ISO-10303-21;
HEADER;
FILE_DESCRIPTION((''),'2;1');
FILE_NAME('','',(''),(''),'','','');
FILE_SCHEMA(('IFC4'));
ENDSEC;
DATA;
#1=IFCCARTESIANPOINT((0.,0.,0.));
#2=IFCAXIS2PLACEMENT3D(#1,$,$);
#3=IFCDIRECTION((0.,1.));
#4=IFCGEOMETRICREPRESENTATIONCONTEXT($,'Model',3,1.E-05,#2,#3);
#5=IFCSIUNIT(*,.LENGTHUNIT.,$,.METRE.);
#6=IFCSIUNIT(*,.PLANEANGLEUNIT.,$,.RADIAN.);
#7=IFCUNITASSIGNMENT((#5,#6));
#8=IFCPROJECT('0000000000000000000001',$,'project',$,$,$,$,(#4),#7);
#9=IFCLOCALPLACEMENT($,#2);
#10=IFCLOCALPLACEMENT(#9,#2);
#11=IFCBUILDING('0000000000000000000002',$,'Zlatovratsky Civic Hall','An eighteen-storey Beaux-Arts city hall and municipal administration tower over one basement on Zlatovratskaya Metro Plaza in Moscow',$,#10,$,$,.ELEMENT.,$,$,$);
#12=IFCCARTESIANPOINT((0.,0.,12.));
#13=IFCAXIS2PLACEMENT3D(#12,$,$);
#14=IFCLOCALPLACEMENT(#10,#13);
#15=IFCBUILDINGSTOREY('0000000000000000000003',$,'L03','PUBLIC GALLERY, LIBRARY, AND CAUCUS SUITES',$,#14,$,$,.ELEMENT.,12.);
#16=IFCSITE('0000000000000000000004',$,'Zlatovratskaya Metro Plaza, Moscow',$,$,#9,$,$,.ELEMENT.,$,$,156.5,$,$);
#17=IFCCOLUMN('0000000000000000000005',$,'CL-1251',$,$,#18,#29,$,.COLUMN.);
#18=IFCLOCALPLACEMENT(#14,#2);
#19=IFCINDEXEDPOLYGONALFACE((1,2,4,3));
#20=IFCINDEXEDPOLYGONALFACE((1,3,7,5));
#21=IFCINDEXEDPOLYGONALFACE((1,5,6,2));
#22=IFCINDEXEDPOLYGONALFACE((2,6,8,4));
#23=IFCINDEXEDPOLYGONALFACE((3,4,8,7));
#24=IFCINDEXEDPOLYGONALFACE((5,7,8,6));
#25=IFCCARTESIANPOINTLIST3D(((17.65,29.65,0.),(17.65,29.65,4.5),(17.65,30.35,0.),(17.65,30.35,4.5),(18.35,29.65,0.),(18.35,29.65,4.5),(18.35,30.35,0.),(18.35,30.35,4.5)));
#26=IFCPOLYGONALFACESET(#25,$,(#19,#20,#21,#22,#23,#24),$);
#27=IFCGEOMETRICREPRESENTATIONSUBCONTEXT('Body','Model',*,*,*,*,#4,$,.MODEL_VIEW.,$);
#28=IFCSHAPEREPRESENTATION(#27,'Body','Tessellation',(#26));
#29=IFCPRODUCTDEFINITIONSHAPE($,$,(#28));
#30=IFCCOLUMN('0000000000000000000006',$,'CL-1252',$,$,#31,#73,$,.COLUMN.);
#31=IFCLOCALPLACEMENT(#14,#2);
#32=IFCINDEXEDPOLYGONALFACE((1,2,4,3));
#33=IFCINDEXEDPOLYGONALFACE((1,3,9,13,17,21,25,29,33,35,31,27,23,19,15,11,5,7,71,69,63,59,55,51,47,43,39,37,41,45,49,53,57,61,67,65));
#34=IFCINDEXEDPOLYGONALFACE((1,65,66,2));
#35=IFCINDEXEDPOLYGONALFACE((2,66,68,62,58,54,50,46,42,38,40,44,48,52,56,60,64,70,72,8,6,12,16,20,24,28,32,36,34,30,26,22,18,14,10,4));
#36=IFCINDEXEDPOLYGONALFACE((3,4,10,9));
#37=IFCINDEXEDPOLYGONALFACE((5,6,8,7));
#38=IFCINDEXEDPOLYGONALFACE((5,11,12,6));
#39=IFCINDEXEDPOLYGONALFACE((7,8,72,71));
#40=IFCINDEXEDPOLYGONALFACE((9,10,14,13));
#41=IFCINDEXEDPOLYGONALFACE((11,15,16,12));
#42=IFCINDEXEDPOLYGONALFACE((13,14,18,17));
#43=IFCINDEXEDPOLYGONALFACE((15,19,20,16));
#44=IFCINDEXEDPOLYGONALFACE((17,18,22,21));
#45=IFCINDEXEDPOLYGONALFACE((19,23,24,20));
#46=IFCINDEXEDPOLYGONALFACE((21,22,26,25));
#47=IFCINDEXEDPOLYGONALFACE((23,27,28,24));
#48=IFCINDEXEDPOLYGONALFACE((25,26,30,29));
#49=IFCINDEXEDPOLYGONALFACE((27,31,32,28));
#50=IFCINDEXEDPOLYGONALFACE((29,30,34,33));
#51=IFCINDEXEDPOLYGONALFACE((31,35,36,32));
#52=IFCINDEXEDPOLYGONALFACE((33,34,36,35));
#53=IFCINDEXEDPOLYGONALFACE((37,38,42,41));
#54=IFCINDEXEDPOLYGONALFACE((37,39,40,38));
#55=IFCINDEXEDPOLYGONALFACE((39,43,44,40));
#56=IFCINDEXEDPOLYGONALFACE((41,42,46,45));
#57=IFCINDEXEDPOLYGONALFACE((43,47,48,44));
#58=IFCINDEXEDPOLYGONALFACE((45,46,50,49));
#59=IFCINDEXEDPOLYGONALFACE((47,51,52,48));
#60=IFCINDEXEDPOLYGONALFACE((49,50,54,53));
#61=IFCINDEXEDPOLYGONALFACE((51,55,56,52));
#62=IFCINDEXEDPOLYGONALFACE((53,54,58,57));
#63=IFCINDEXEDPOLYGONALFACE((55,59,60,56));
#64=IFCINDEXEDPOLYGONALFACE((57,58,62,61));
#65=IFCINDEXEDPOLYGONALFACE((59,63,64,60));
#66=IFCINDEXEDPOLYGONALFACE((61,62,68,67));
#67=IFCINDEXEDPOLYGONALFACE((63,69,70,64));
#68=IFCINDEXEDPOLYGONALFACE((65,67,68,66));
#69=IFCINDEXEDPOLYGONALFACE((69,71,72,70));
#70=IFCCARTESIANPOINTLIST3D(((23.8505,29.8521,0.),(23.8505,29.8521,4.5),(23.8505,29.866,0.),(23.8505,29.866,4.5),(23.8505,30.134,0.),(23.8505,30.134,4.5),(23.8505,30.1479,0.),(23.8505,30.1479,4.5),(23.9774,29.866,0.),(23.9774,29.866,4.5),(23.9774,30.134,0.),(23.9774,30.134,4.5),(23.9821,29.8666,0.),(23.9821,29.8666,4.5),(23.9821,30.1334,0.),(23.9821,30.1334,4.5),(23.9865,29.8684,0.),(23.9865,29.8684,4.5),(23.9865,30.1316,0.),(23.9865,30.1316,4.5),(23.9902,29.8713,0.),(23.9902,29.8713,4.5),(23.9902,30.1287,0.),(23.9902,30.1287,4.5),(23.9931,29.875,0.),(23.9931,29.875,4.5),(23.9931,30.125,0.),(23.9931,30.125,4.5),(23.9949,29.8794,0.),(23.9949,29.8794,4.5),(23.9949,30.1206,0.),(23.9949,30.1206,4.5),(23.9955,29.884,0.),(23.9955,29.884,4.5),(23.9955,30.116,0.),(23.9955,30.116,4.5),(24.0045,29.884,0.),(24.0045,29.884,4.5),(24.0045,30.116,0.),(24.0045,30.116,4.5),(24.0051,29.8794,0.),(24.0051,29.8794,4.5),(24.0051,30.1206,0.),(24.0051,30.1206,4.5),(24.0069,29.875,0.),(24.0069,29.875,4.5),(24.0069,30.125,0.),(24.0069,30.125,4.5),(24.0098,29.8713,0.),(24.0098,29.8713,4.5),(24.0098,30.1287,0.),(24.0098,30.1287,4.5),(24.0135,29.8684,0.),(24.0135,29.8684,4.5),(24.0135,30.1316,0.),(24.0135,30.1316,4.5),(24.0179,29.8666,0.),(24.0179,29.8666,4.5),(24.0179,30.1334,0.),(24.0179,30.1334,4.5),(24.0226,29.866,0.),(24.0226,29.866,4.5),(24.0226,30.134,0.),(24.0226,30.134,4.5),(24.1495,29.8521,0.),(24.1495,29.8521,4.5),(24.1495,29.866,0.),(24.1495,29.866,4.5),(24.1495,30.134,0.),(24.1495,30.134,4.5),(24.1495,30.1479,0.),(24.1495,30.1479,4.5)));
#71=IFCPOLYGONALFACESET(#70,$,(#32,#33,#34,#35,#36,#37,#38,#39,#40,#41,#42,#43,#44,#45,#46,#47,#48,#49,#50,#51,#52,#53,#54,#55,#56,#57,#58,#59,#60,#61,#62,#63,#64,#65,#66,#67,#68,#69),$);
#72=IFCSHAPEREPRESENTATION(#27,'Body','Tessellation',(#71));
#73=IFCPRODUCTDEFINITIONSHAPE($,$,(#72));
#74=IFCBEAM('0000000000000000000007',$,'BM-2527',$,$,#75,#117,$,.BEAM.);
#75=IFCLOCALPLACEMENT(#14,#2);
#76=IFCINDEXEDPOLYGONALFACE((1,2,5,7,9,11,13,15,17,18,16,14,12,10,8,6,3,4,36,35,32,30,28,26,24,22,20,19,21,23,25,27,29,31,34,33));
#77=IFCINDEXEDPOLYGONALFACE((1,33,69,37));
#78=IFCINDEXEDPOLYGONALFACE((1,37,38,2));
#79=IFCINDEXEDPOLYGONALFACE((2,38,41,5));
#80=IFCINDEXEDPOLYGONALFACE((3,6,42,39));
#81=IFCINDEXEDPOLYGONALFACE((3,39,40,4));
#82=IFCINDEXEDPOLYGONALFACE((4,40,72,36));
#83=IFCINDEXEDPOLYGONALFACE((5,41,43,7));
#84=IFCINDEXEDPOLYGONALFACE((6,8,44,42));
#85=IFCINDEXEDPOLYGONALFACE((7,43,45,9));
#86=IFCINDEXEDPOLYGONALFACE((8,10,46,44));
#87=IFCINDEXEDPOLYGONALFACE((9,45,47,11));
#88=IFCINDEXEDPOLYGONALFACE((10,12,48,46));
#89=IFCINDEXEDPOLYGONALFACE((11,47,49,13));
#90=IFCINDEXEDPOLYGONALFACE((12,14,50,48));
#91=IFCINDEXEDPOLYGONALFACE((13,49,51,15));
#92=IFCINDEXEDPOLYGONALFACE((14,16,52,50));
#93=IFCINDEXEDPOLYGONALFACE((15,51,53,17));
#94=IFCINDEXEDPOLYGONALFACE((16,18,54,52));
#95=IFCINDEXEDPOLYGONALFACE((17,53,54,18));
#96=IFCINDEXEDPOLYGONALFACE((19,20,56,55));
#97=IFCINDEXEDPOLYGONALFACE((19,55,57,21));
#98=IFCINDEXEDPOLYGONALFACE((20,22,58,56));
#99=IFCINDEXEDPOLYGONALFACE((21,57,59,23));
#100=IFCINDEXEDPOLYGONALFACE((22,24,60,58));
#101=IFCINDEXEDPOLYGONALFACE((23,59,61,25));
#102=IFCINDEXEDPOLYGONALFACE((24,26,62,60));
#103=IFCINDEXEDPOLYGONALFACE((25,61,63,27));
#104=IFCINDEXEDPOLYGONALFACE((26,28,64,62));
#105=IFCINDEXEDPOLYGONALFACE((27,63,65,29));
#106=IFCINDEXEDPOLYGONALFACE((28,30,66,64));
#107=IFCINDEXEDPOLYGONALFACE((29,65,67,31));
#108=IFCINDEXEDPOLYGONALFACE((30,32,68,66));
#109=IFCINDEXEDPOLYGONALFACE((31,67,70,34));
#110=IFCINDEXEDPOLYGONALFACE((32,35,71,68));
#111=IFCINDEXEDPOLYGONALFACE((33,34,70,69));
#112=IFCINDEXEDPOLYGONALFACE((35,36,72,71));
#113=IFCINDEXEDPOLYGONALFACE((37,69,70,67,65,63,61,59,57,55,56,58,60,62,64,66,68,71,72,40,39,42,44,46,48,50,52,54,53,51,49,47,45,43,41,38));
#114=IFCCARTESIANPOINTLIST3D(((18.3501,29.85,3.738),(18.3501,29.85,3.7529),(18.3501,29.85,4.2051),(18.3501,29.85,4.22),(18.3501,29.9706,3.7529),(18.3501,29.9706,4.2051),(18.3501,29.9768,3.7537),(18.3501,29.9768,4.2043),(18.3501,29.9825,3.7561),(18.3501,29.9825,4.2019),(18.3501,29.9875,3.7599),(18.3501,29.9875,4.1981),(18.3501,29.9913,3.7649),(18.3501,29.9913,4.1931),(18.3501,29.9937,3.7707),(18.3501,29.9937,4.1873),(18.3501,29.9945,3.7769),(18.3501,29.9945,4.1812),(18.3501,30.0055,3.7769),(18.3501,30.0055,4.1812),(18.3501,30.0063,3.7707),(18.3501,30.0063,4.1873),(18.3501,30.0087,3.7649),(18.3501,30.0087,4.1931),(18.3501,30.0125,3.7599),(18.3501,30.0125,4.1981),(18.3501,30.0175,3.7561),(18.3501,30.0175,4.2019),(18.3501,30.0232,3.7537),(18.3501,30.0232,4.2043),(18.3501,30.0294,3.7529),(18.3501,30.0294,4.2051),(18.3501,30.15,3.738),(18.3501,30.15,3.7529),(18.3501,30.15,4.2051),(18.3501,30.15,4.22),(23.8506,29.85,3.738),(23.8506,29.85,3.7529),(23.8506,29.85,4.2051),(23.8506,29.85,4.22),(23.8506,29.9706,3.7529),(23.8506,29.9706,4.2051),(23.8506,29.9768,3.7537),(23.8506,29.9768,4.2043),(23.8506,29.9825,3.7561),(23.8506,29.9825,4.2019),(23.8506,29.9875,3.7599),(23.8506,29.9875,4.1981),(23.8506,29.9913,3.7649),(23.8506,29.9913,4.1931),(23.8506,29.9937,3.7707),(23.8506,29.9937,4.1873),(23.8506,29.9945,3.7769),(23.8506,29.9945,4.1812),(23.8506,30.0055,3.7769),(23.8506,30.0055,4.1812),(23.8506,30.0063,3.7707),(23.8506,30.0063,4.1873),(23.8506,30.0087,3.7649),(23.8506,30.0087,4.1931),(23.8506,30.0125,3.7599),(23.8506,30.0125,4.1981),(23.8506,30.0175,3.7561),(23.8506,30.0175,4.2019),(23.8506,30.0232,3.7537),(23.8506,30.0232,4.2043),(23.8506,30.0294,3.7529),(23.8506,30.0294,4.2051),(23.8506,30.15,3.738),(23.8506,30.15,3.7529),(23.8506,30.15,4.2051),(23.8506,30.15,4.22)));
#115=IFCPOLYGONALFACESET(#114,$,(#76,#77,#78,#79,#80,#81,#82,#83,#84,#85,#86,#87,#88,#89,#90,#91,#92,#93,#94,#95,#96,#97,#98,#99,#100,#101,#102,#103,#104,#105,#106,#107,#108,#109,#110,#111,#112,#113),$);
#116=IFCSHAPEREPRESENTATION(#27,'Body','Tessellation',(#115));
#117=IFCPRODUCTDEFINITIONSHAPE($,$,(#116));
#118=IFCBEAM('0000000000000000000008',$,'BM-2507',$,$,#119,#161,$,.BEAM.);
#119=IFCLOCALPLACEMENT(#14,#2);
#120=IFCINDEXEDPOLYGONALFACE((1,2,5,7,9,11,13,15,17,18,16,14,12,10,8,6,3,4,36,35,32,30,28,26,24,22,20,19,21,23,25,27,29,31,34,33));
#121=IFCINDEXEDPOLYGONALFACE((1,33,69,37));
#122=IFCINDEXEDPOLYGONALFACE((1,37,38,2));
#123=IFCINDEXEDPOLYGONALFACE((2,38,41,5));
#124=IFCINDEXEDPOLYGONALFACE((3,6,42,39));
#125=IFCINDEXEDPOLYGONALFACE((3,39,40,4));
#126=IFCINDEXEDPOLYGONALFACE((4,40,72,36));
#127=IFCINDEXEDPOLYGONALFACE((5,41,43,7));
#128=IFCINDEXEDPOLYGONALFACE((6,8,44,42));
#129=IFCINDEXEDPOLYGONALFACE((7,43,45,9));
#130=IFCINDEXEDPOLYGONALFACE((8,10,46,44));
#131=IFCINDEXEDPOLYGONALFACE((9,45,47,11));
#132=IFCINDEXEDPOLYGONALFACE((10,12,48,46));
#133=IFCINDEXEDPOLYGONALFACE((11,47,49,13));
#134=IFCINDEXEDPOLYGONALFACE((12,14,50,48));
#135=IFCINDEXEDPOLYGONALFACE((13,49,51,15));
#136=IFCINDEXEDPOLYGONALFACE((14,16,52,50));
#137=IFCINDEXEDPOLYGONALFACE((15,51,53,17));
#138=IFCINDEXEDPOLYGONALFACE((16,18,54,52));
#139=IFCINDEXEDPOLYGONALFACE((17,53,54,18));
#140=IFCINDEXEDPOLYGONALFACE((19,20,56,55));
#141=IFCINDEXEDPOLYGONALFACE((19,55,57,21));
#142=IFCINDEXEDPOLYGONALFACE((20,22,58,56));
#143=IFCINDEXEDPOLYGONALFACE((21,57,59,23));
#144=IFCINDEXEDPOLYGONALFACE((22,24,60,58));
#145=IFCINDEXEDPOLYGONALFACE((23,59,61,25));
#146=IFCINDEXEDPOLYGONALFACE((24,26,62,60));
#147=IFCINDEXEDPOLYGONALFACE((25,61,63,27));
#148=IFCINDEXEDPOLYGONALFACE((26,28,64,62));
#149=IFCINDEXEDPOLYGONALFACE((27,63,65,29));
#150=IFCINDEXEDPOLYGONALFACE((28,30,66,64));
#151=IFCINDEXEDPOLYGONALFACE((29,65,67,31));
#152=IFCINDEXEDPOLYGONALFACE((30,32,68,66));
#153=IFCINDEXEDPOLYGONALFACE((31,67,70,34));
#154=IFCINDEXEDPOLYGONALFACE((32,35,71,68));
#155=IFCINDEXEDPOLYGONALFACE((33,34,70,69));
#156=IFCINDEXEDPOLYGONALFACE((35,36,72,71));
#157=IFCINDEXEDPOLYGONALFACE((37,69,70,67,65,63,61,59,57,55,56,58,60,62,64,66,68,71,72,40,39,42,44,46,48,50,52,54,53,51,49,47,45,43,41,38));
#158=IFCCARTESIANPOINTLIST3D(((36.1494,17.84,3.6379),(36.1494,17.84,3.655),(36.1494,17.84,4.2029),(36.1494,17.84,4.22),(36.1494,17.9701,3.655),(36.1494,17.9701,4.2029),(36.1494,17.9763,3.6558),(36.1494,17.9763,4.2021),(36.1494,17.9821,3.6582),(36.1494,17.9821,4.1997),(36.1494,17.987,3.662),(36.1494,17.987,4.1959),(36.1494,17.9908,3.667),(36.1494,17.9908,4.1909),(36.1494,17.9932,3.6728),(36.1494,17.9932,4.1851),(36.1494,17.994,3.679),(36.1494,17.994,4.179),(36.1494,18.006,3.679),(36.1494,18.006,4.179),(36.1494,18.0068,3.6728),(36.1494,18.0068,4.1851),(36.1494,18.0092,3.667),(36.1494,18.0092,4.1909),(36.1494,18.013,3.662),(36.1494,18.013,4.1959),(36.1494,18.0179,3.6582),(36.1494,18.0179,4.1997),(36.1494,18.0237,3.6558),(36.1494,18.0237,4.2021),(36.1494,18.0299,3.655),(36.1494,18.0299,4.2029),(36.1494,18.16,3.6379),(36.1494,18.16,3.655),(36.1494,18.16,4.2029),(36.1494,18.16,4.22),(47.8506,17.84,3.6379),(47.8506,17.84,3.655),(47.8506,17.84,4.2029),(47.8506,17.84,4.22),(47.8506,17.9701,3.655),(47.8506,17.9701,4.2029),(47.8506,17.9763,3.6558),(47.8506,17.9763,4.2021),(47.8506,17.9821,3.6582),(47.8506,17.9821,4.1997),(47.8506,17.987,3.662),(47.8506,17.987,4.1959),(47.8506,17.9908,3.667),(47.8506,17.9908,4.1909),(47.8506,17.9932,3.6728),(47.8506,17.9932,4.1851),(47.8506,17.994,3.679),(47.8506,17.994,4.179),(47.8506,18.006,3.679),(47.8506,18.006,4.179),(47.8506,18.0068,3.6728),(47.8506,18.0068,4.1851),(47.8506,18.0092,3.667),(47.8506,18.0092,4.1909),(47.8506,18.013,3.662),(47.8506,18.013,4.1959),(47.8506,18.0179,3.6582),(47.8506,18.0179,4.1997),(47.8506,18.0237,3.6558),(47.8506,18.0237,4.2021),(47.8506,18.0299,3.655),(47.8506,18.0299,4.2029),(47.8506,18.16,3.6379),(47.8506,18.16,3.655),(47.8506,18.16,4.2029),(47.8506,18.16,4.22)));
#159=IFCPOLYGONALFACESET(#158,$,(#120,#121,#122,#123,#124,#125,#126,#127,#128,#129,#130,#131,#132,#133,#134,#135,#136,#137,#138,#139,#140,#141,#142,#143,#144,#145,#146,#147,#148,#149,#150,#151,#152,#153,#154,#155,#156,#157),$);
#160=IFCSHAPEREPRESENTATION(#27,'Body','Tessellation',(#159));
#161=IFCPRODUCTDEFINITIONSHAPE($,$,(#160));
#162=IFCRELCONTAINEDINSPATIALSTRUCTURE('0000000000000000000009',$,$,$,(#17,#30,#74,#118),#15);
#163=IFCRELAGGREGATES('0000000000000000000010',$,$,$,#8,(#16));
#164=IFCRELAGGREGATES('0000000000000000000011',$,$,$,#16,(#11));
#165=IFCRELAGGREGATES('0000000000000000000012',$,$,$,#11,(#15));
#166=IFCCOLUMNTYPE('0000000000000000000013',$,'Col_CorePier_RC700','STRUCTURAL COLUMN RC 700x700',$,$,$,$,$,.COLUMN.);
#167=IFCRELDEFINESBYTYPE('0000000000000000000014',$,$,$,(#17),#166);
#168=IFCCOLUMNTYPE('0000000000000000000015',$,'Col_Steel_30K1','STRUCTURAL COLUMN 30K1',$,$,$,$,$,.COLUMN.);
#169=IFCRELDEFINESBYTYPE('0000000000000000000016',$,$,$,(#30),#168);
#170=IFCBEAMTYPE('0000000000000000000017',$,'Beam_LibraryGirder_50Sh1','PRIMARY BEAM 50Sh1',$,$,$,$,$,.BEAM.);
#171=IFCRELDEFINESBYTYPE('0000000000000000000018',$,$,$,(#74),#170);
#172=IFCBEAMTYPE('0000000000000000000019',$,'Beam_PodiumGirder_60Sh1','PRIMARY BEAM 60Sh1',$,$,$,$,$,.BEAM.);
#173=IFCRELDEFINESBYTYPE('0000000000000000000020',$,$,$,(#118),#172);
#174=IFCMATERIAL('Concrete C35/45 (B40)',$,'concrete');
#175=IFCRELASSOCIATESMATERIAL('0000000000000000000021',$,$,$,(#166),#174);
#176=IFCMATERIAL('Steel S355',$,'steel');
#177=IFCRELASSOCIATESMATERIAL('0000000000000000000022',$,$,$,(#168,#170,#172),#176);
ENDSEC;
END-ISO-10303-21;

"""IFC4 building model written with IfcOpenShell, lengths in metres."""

from ifc_helpers import new_model, si_unit, direction, frame, origin, origin_2d, place, context, subcontext, project, spatial, rectangle, i_section, extrude, material, material_profile, profile_set, type_object, element, save


model = new_model("IFC4")

# Units and contexts
model_context = context("Model", 3, precision=1e-05, world=origin(), true_north=direction((0.0, 1.0)))
body_context = subcontext(model_context, "Body", "Model", "MODEL_VIEW")
ifc_project = project(units=[si_unit("LENGTHUNIT", "METRE"), si_unit("PLANEANGLEUNIT", "RADIAN")], contexts=[model_context])

# Site, building, storey
site_placement = place(None, origin())
site = spatial("IfcSite", under=ifc_project, at=site_placement, Name="Zlatovratskaya Metro Plaza, Moscow", CompositionType="ELEMENT", RefElevation=156.5)
building_placement = place(site_placement, origin())
building = spatial("IfcBuilding", under=site, at=building_placement, Name="Zlatovratsky Civic Hall", Description="An eighteen-storey Beaux-Arts city hall and municipal administration tower over one basement on Zlatovratskaya Metro Plaza in Moscow", CompositionType="ELEMENT")
storey_placement = place(building_placement, frame((0.0, 0.0, 12.0)))
storey = spatial("IfcBuildingStorey", under=building, at=storey_placement, Name="L03", Description="PUBLIC GALLERY, LIBRARY, AND CAUCUS SUITES", CompositionType="ELEMENT", Elevation=12.0)

# Columns
ifc_material_1 = material(Name="Concrete C35/45 (B40)", Category="concrete")
ifc_material_profile_1 = material_profile(ifc_material_1, rectangle(XDim=0.7, YDim=0.7, at=origin_2d()), Name="RC 700x700")
ifc_profile_set_1 = profile_set([ifc_material_profile_1], Name="Concrete C35/45 (B40)")
column_type_1 = type_object("IfcColumnType", Name="Col_CorePier_RC700", Description="STRUCTURAL COLUMN RC 700x700", PredefinedType="COLUMN", material=ifc_profile_set_1)
column_1_placement = place(storey_placement, frame((18.0, 30.0, 0.0), z_axis=(0.0, 0.0, 1.0), x_axis=(1.0, 0.0, 0.0)))
element("IfcColumn", 1, at=column_1_placement, inside=storey, type_object=column_type_1, Name="CL-1251", PredefinedType="COLUMN", context=body_context, shape_type="SweptSolid", body=[
    extrude(rectangle(XDim=0.7, YDim=0.7, at=origin_2d()), origin(), (0.0, 0.0, 1.0), 4.5),
])
ifc_material_2 = material(Name="Steel S355", Category="steel")
ifc_material_profile_2 = material_profile(ifc_material_2, i_section(OverallWidth=0.2991, OverallDepth=0.2959, WebThickness=0.009, FlangeThickness=0.0139, FilletRadius=0.0181, at=origin_2d()), Name="30K1")
ifc_profile_set_2 = profile_set([ifc_material_profile_2], Name="Steel S355")
column_type_2 = type_object("IfcColumnType", Name="Col_Steel_30K1", Description="STRUCTURAL COLUMN 30K1", PredefinedType="COLUMN", material=ifc_profile_set_2)
column_2_placement = place(storey_placement, frame((24.0, 30.0, 0.0), z_axis=(0.0, 0.0, 1.0), x_axis=(1.0, 0.0, 0.0)))
element("IfcColumn", 2, at=column_2_placement, inside=storey, type_object=column_type_2, Name="CL-1252", PredefinedType="COLUMN", context=body_context, shape_type="SweptSolid", body=[
    extrude(i_section(OverallWidth=0.2991, OverallDepth=0.2959, WebThickness=0.009, FlangeThickness=0.0139, FilletRadius=0.0181, at=origin_2d()), origin(), (0.0, 0.0, 1.0), 4.5),
])

# Beams
ifc_material_profile_3 = material_profile(ifc_material_2, i_section(OverallWidth=0.3, OverallDepth=0.4819, WebThickness=0.011, FlangeThickness=0.0149, FilletRadius=0.0239, at=origin_2d()), Name="50Sh1")
ifc_profile_set_3 = profile_set([ifc_material_profile_3], Name="Steel S355")
beam_type_1 = type_object("IfcBeamType", Name="Beam_LibraryGirder_50Sh1", Description="PRIMARY BEAM 50Sh1", PredefinedType="BEAM", material=ifc_profile_set_3)
beam_1_placement = place(storey_placement, frame((18.3501, 30.0, 3.979), z_axis=(1.0, 0.0, 0.0), x_axis=(0.0, 1.0, 0.0)))
element("IfcBeam", 3, at=beam_1_placement, inside=storey, type_object=beam_type_1, Name="BM-2527", PredefinedType="BEAM", context=body_context, shape_type="SweptSolid", body=[
    extrude(i_section(OverallWidth=0.3, OverallDepth=0.4819, WebThickness=0.011, FlangeThickness=0.0149, FilletRadius=0.0239, at=origin_2d()), origin(), (0.0, 0.0, 1.0), 5.5005),
])
ifc_material_profile_4 = material_profile(ifc_material_2, i_section(OverallWidth=0.3201, OverallDepth=0.582, WebThickness=0.012, FlangeThickness=0.0171, FilletRadius=0.0239, at=origin_2d()), Name="60Sh1")
ifc_profile_set_4 = profile_set([ifc_material_profile_4], Name="Steel S355")
beam_type_2 = type_object("IfcBeamType", Name="Beam_PodiumGirder_60Sh1", Description="PRIMARY BEAM 60Sh1", PredefinedType="BEAM", material=ifc_profile_set_4)
for number, where, z_axis, x_axis, name in (
    (4, (36.1494, 18.0, 3.929), (1.0, 0.0, 0.0), (0.0, 1.0, 0.0), "BM-2507"),
):
    element("IfcBeam", number, at=place(storey_placement, frame(where, z_axis=z_axis, x_axis=x_axis)), inside=storey, type_object=beam_type_2, Name=name, PredefinedType="BEAM", context=body_context, shape_type="SweptSolid", body=[
        extrude(i_section(OverallWidth=0.3201, OverallDepth=0.582, WebThickness=0.012, FlangeThickness=0.0171, FilletRadius=0.0239, at=origin_2d()), origin(), (0.0, 0.0, 1.0), 11.7012),
    ])

save(model, "model.ifc")
